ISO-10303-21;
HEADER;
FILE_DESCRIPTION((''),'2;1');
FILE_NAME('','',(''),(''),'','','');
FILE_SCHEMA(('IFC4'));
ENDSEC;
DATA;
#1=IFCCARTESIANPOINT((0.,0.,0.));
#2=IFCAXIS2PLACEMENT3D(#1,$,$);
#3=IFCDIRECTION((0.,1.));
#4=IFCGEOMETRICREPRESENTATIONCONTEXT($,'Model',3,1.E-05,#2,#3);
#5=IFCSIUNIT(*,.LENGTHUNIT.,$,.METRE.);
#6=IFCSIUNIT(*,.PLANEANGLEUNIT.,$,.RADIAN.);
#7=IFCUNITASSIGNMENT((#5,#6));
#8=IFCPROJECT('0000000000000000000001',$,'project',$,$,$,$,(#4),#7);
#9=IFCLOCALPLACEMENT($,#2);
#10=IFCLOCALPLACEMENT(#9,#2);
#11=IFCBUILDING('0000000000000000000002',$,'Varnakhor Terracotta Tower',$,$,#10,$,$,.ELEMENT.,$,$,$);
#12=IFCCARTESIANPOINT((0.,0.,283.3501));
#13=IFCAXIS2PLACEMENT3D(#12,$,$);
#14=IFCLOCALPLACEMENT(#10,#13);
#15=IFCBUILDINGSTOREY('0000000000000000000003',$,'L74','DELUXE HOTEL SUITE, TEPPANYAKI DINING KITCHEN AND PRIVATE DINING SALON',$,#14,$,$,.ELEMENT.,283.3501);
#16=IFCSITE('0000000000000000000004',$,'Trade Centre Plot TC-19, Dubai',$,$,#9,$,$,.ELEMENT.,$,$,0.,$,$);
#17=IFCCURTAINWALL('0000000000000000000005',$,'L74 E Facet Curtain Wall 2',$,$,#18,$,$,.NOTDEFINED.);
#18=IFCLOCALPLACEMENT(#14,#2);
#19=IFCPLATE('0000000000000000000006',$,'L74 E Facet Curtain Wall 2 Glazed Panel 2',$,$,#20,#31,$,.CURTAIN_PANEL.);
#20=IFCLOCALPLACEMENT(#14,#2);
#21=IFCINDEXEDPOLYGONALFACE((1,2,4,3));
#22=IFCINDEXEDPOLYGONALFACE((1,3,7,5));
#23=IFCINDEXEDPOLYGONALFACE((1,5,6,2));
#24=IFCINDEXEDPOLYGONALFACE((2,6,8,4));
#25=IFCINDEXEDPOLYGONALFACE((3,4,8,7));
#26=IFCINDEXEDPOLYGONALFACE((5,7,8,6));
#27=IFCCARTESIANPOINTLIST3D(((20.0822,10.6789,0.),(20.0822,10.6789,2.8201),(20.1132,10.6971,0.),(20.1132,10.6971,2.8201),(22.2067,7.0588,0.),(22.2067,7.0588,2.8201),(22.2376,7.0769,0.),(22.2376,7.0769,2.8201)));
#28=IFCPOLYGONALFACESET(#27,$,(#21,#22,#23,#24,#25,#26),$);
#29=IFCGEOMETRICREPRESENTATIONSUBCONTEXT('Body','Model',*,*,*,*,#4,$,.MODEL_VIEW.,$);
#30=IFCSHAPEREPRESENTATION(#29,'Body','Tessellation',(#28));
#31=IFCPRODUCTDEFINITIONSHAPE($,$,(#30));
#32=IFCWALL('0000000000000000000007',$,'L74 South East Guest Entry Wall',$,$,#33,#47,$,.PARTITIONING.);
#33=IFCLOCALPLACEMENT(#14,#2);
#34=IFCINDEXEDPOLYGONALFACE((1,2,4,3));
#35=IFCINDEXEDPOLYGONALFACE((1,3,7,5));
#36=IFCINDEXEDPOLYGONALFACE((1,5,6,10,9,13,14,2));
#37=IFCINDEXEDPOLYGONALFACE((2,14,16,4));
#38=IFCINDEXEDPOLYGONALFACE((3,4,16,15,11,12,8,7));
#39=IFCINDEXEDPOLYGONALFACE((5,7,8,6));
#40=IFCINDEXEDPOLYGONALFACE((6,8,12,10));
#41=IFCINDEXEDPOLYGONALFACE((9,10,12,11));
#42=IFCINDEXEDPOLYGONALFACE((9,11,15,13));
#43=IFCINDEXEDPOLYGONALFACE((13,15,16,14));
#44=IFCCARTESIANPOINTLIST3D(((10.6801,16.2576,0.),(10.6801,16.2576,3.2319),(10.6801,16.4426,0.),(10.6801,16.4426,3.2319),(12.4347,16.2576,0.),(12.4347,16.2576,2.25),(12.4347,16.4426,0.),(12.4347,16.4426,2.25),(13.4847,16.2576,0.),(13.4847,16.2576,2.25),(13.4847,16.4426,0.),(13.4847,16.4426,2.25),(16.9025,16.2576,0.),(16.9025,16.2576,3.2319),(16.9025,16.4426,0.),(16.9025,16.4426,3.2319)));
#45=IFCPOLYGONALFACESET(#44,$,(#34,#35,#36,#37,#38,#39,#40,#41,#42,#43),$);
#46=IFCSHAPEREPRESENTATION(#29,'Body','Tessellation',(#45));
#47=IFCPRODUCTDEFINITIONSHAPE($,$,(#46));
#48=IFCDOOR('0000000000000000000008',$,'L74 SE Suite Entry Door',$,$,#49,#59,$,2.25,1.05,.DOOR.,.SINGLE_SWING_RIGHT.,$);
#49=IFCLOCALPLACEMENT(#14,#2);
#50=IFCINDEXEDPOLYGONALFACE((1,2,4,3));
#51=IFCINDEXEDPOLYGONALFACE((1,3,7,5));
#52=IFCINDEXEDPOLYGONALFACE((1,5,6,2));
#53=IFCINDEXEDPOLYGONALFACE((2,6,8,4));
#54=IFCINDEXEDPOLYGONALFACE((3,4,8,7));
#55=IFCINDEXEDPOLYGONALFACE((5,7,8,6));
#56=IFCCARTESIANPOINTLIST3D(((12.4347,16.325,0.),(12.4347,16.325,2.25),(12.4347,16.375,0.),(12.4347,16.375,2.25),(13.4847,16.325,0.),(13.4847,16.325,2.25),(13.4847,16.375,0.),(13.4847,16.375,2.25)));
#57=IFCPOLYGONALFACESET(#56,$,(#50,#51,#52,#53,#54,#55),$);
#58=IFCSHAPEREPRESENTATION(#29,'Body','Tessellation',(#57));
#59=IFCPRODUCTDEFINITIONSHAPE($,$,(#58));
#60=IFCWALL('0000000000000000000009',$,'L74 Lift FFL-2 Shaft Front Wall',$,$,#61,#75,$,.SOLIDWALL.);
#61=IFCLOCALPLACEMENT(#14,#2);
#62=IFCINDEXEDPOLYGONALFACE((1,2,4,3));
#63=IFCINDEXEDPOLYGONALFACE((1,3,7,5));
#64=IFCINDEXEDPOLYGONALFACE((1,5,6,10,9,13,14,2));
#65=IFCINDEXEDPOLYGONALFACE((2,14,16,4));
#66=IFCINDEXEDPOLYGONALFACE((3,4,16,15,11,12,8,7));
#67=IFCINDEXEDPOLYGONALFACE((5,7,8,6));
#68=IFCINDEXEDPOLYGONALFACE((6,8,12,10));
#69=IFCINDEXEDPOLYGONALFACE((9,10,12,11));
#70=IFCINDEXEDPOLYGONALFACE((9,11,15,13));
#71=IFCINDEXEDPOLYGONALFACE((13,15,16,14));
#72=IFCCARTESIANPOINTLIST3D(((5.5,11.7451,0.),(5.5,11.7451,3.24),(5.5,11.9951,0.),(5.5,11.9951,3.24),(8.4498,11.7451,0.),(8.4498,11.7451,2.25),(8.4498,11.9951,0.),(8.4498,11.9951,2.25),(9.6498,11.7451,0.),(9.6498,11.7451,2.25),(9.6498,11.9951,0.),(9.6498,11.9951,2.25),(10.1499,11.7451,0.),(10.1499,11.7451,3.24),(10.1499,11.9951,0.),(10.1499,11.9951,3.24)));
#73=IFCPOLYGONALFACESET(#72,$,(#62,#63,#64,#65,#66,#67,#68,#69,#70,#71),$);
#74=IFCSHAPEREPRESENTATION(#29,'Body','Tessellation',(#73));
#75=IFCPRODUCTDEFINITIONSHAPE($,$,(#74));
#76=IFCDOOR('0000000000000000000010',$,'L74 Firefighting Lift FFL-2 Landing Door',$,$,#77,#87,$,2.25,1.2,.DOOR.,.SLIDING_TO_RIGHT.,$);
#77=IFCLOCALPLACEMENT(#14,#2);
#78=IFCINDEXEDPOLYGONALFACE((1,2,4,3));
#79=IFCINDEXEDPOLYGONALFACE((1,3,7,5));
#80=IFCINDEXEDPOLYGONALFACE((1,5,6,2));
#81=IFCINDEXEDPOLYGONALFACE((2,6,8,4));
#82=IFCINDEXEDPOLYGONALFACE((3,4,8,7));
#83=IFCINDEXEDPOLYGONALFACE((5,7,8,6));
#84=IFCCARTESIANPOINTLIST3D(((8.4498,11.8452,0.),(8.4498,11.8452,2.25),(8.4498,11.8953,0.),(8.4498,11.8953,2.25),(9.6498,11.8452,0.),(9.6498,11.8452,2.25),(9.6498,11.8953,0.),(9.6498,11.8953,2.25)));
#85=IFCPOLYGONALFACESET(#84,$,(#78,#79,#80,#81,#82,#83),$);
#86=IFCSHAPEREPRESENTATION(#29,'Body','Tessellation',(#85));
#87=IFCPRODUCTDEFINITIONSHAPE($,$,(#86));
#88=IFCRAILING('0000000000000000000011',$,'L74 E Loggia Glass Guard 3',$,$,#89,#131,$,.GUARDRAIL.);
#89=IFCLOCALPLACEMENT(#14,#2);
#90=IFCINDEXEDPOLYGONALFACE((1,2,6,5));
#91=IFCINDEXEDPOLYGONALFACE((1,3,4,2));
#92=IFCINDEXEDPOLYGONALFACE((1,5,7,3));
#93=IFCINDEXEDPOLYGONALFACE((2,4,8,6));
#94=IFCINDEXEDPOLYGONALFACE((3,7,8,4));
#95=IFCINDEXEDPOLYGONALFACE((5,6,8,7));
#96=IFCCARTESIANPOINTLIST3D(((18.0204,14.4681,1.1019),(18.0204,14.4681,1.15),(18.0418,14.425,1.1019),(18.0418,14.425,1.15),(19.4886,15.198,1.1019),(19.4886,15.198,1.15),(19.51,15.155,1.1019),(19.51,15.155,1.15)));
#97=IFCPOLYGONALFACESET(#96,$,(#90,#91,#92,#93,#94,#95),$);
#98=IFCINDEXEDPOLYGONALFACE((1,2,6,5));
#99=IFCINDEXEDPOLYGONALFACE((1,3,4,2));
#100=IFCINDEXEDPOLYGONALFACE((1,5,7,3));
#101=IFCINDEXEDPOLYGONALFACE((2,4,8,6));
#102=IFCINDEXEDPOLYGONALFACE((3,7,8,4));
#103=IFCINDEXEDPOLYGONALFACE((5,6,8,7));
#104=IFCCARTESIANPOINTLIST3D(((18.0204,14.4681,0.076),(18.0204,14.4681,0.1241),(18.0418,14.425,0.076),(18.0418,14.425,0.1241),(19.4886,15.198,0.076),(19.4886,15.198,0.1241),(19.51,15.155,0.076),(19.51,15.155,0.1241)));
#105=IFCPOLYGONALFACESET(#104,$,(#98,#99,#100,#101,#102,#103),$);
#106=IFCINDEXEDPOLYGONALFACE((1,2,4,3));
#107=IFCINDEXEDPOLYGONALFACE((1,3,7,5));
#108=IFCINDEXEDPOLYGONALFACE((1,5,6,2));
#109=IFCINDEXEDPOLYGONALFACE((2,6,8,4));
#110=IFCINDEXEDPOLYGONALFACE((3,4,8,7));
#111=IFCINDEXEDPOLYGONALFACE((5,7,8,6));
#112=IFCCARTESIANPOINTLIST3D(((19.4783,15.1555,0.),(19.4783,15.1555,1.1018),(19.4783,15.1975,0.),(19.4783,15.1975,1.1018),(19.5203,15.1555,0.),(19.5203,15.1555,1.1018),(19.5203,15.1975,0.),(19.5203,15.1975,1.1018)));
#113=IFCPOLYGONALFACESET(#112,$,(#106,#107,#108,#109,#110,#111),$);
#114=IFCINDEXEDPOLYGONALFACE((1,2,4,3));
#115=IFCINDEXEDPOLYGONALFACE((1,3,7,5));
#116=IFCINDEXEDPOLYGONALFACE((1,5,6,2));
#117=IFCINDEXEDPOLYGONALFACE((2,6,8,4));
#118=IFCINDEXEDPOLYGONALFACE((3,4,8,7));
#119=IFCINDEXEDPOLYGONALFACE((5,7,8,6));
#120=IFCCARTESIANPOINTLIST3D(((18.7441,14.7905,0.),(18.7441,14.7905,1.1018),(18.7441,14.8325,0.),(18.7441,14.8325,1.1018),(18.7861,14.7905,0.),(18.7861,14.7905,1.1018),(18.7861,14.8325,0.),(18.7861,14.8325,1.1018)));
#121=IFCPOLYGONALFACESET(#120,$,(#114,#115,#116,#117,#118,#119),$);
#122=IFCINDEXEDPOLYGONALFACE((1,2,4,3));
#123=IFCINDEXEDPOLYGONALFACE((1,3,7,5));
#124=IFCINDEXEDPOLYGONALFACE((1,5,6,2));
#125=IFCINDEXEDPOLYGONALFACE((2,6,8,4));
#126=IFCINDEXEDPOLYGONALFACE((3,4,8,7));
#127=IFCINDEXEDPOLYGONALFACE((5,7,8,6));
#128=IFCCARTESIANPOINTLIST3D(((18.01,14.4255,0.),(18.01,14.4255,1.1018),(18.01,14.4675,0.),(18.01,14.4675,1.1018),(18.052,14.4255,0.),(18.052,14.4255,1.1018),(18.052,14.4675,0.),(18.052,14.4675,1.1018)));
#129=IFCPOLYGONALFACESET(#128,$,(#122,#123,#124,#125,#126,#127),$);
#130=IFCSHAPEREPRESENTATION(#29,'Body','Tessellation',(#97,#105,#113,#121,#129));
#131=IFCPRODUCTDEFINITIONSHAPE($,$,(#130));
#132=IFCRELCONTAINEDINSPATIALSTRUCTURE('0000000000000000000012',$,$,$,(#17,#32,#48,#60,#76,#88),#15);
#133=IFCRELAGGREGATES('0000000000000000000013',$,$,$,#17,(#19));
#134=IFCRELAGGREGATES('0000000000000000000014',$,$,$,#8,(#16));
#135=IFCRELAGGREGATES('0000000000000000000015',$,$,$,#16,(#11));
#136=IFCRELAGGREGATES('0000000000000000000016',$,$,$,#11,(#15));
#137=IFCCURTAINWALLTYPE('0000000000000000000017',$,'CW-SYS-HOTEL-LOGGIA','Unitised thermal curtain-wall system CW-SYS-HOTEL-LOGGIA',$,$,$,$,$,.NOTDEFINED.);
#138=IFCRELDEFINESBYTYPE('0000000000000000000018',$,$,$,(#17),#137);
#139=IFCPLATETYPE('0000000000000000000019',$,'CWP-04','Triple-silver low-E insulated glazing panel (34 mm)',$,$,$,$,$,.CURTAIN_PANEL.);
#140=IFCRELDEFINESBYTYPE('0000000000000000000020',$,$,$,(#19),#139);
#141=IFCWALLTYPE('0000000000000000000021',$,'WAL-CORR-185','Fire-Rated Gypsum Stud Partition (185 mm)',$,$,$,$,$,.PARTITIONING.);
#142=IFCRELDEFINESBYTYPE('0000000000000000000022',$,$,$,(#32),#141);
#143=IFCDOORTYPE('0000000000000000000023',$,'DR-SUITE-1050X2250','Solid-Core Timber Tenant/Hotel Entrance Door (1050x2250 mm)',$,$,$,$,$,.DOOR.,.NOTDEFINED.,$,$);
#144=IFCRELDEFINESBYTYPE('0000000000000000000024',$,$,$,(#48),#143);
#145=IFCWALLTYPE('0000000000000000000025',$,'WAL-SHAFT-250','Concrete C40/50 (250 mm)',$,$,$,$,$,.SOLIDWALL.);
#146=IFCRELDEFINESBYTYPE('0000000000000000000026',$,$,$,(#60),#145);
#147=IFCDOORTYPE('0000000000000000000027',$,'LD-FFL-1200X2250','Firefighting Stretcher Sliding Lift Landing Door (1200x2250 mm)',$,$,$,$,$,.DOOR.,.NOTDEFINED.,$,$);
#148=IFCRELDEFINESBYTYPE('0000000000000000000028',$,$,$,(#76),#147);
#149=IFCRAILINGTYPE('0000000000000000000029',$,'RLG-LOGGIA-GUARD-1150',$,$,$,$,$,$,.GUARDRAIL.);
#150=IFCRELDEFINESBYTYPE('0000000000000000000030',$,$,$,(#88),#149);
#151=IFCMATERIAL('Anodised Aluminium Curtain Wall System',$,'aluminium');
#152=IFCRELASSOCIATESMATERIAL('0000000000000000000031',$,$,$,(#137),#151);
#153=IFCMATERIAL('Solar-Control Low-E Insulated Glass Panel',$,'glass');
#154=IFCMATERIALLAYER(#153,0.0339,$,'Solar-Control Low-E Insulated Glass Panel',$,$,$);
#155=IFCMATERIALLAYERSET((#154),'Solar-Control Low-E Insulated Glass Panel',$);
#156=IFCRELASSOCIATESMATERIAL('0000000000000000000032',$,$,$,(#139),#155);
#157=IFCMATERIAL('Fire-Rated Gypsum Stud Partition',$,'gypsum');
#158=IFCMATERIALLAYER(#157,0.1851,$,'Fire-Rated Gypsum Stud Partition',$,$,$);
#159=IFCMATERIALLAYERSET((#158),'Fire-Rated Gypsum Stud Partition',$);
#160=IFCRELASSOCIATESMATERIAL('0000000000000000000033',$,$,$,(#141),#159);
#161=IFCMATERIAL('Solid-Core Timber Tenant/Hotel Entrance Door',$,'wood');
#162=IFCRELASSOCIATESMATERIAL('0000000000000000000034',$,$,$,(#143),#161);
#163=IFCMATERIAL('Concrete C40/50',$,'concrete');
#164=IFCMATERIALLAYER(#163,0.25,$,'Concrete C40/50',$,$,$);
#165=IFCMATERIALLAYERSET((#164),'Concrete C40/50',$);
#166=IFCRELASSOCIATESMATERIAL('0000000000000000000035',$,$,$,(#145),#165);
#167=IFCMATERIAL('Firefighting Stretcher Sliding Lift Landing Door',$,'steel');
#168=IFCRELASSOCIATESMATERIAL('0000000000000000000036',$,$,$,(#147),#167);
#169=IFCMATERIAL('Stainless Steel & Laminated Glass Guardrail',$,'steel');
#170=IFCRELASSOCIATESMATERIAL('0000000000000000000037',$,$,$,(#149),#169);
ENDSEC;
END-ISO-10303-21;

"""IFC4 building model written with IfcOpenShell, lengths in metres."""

from ifc_helpers import new_model, si_unit, direction, frame, frame_2d, origin, origin_2d, place, context, subcontext, project, spatial, rectangle, extrude, source, transform, mapped, material, layer, layer_set, type_object, type_shapes, element, fill, aggregate, save


model = new_model("IFC4")

# Units and contexts
model_context = context("Model", 3, precision=1e-05, world=origin(), true_north=direction((0.0, 1.0)))
body_context = subcontext(model_context, "Body", "Model", "MODEL_VIEW")
ifc_project = project(units=[si_unit("LENGTHUNIT", "METRE"), si_unit("PLANEANGLEUNIT", "RADIAN")], contexts=[model_context])

# Site, building, storey
site_placement = place(None, origin())
site = spatial("IfcSite", under=ifc_project, at=site_placement, Name="Trade Centre Plot TC-19, Dubai", CompositionType="ELEMENT", RefElevation=0.0)
building_placement = place(site_placement, origin())
building = spatial("IfcBuilding", under=site, at=building_placement, Name="Varnakhor Terracotta Tower", CompositionType="ELEMENT")
storey_placement = place(building_placement, frame((0.0, 0.0, 283.3501)))
storey = spatial("IfcBuildingStorey", under=building, at=storey_placement, Name="L74", Description="DELUXE HOTEL SUITE, TEPPANYAKI DINING KITCHEN AND PRIVATE DINING SALON", CompositionType="ELEMENT", Elevation=283.3501)

# Curtain wall
ifc_material_1 = material(Name="Anodised Aluminium Curtain Wall System", Category="aluminium")
curtain_wall_type = type_object("IfcCurtainWallType", Name="CW-SYS-HOTEL-LOGGIA", Description="Unitised thermal curtain-wall system CW-SYS-HOTEL-LOGGIA", PredefinedType="NOTDEFINED", material=ifc_material_1)
curtain_wall_placement = place(storey_placement, origin())
curtain_wall = element("IfcCurtainWall", 1, at=curtain_wall_placement, inside=storey, type_object=curtain_wall_type, Name="L74 E Facet Curtain Wall 2", PredefinedType="NOTDEFINED")

# Plate
ifc_material_2 = material(Name="Solar-Control Low-E Insulated Glass Panel", Category="glass")
ifc_layer_1 = layer(ifc_material_2, 0.0339, Name="Solar-Control Low-E Insulated Glass Panel")
ifc_layer_set_1 = layer_set([ifc_layer_1], Name="Solar-Control Low-E Insulated Glass Panel")
plate_type = type_object("IfcPlateType", Name="CWP-04", Description="Triple-silver low-E insulated glazing panel (34 mm)", PredefinedType="CURTAIN_PANEL", material=ifc_layer_set_1)
shared_shape_1 = source(origin(), body_context, "Body", "SweptSolid", [
    extrude(rectangle(XDim=4.1975, YDim=0.0359, at=origin_2d()), origin(), (0.0, 0.0, 1.0), 2.8201),
])
plate_1_placement = place(storey_placement, frame((21.1599, 8.8779, 0.0), z_axis=(0.0, 0.0, 1.0), x_axis=(0.506124, -0.862461, 0.0)))
plate_1 = element("IfcPlate", 2, at=plate_1_placement, type_object=plate_type, Name="L74 E Facet Curtain Wall 2 Glazed Panel 2", PredefinedType="CURTAIN_PANEL", context=body_context, shape_type="MappedRepresentation", body=[
    mapped(shared_shape_1, transform((0.0, 0.0, 0.0), scale=1.0)),
])
aggregate(curtain_wall, [plate_1])

# Walls, openings, doors
ifc_material_3 = material(Name="Fire-Rated Gypsum Stud Partition", Category="gypsum")
ifc_layer_2 = layer(ifc_material_3, 0.1851, Name="Fire-Rated Gypsum Stud Partition")
ifc_layer_set_2 = layer_set([ifc_layer_2], Name="Fire-Rated Gypsum Stud Partition")
wall_type_1 = type_object("IfcWallType", Name="WAL-CORR-185", Description="Fire-Rated Gypsum Stud Partition (185 mm)", PredefinedType="PARTITIONING", material=ifc_layer_set_2)
wall_1_placement = place(storey_placement, frame((10.6799, 16.3501, 0.0), z_axis=(0.0, 0.0, 1.0), x_axis=(1.0, 0.0, 0.0)))
wall_1 = element("IfcWall", 3, at=wall_1_placement, inside=storey, type_object=wall_type_1, Name="L74 South East Guest Entry Wall", PredefinedType="PARTITIONING", context=body_context, shape_type="SweptSolid", body=[
    extrude(rectangle(XDim=6.2224, YDim=0.1851, at=frame_2d((3.1113, 0.0))), origin(), (0.0, 0.0, 1.0), 3.2319),
])
opening_1_placement = place(wall_1_placement, frame((1.7549, 0.0, 0.0)))
opening_1 = element("IfcOpeningElement", 4, at=opening_1_placement, cuts=wall_1, PredefinedType="OPENING", context=body_context, shape_type="SweptSolid", body=[
    extrude(rectangle(XDim=1.05, YDim=2.25, at=frame_2d((0.5249, 1.125))), frame((0.0, 0.1025, 0.0), z_axis=(0.0, -1.0, 0.0), x_axis=(1.0, 0.0, 0.0)), (0.0, 0.0, 1.0), 0.2051),
])
ifc_material_4 = material(Name="Solid-Core Timber Tenant/Hotel Entrance Door", Category="wood")
door_type_1 = type_object("IfcDoorType", Name="DR-SUITE-1050X2250", Description="Solid-Core Timber Tenant/Hotel Entrance Door (1050x2250 mm)", OperationType="NOTDEFINED", PredefinedType="DOOR", material=ifc_material_4)
shared_shape_2 = source(origin(), body_context, "Body", "SweptSolid", [
    extrude(rectangle(XDim=1.05, YDim=2.25, at=frame_2d((0.5249, 1.125))), frame((0.0, 0.0249, 0.0), z_axis=(0.0, -1.0, 0.0), x_axis=(1.0, 0.0, 0.0)), (0.0, 0.0, 1.0), 0.05),
])
type_shapes(door_type_1, [shared_shape_2])
door_1_placement = place(opening_1_placement, origin())
door_1 = element("IfcDoor", 5, at=door_1_placement, inside=storey, type_object=door_type_1, Name="L74 SE Suite Entry Door", OperationType="SINGLE_SWING_RIGHT", OverallHeight=2.25, OverallWidth=1.05, PredefinedType="DOOR", context=body_context, shape_type="MappedRepresentation", body=[
    mapped(shared_shape_2, transform((0.0, 0.0, 0.0), scale=1.0)),
])
fill(opening_1, door_1)
ifc_material_5 = material(Name="Concrete C40/50", Category="concrete")
ifc_layer_3 = layer(ifc_material_5, 0.25, Name="Concrete C40/50")
ifc_layer_set_3 = layer_set([ifc_layer_3], Name="Concrete C40/50")
wall_type_2 = type_object("IfcWallType", Name="WAL-SHAFT-250", Description="Concrete C40/50 (250 mm)", PredefinedType="SOLIDWALL", material=ifc_layer_set_3)
wall_2_placement = place(storey_placement, frame((10.1499, 11.8701, 0.0), z_axis=(0.0, 0.0, 1.0), x_axis=(-1.0, 0.0, 0.0)))
wall_2 = element("IfcWall", 6, at=wall_2_placement, inside=storey, type_object=wall_type_2, Name="L74 Lift FFL-2 Shaft Front Wall", PredefinedType="SOLIDWALL", context=body_context, shape_type="SweptSolid", body=[
    extrude(rectangle(XDim=4.6499, YDim=0.25, at=frame_2d((2.325, 0.0))), origin(), (0.0, 0.0, 1.0), 3.24),
])
opening_2_placement = place(wall_2_placement, frame((0.5, 0.0, 0.0)))
opening_2 = element("IfcOpeningElement", 7, at=opening_2_placement, cuts=wall_2, PredefinedType="OPENING", context=body_context, shape_type="SweptSolid", body=[
    extrude(rectangle(XDim=1.2, YDim=2.25, at=frame_2d((0.6001, 1.125))), frame((0.0, 0.135, 0.0), z_axis=(0.0, -1.0, 0.0), x_axis=(1.0, 0.0, 0.0)), (0.0, 0.0, 1.0), 0.27),
])
ifc_material_6 = material(Name="Firefighting Stretcher Sliding Lift Landing Door", Category="steel")
door_type_2 = type_object("IfcDoorType", Name="LD-FFL-1200X2250", Description="Firefighting Stretcher Sliding Lift Landing Door (1200x2250 mm)", OperationType="NOTDEFINED", PredefinedType="DOOR", material=ifc_material_6)
shared_shape_3 = source(origin(), body_context, "Body", "SweptSolid", [
    extrude(rectangle(XDim=1.2, YDim=2.25, at=frame_2d((0.6001, 1.125))), frame((0.0, 0.0249, 0.0), z_axis=(0.0, -1.0, 0.0), x_axis=(1.0, 0.0, 0.0)), (0.0, 0.0, 1.0), 0.05),
])
type_shapes(door_type_2, [shared_shape_3])
door_2_placement = place(opening_2_placement, origin())
door_2 = element("IfcDoor", 8, at=door_2_placement, inside=storey, type_object=door_type_2, Name="L74 Firefighting Lift FFL-2 Landing Door", OperationType="SLIDING_TO_RIGHT", OverallHeight=2.25, OverallWidth=1.2, PredefinedType="DOOR", context=body_context, shape_type="MappedRepresentation", body=[
    mapped(shared_shape_3, transform((0.0, 0.0, 0.0), scale=1.0)),
])
fill(opening_2, door_2)

# Railing
ifc_material_7 = material(Name="Stainless Steel & Laminated Glass Guardrail", Category="steel")
railing_type = type_object("IfcRailingType", Name="RLG-LOGGIA-GUARD-1150", PredefinedType="GUARDRAIL", material=ifc_material_7)
railing_placement = place(storey_placement, frame((19.4993, 15.1765, 0.0)))
element("IfcRailing", 9, at=railing_placement, inside=storey, type_object=railing_type, Name="L74 E Loggia Glass Guard 3", PredefinedType="GUARDRAIL", context=body_context, shape_type="SweptSolid", body=[
    extrude(rectangle(XDim=0.0481, YDim=0.0481, at=origin_2d()), frame((0.0, 0.0, 1.126), z_axis=(-0.895437, -0.445188, 0.0), x_axis=(0.445188, -0.895437, 0.0)), (0.0, 0.0, 1.0), 1.6396),
    extrude(rectangle(XDim=0.0481, YDim=0.0481, at=origin_2d()), frame((0.0, 0.0, 0.1001), z_axis=(-0.895437, -0.445188, 0.0), x_axis=(0.445188, -0.895437, 0.0)), (0.0, 0.0, 1.0), 1.6396),
    extrude(rectangle(XDim=0.042, YDim=0.042, at=origin_2d()), origin(), (0.0, 0.0, 1.0), 1.1018),
    extrude(rectangle(XDim=0.042, YDim=0.042, at=origin_2d()), frame((-0.7341, -0.365, 0.0)), (0.0, 0.0, 1.0), 1.1018),
    extrude(rectangle(XDim=0.042, YDim=0.042, at=origin_2d()), frame((-1.4683, -0.73, 0.0)), (0.0, 0.0, 1.0), 1.1018),
])

save(model, "model.ifc")
